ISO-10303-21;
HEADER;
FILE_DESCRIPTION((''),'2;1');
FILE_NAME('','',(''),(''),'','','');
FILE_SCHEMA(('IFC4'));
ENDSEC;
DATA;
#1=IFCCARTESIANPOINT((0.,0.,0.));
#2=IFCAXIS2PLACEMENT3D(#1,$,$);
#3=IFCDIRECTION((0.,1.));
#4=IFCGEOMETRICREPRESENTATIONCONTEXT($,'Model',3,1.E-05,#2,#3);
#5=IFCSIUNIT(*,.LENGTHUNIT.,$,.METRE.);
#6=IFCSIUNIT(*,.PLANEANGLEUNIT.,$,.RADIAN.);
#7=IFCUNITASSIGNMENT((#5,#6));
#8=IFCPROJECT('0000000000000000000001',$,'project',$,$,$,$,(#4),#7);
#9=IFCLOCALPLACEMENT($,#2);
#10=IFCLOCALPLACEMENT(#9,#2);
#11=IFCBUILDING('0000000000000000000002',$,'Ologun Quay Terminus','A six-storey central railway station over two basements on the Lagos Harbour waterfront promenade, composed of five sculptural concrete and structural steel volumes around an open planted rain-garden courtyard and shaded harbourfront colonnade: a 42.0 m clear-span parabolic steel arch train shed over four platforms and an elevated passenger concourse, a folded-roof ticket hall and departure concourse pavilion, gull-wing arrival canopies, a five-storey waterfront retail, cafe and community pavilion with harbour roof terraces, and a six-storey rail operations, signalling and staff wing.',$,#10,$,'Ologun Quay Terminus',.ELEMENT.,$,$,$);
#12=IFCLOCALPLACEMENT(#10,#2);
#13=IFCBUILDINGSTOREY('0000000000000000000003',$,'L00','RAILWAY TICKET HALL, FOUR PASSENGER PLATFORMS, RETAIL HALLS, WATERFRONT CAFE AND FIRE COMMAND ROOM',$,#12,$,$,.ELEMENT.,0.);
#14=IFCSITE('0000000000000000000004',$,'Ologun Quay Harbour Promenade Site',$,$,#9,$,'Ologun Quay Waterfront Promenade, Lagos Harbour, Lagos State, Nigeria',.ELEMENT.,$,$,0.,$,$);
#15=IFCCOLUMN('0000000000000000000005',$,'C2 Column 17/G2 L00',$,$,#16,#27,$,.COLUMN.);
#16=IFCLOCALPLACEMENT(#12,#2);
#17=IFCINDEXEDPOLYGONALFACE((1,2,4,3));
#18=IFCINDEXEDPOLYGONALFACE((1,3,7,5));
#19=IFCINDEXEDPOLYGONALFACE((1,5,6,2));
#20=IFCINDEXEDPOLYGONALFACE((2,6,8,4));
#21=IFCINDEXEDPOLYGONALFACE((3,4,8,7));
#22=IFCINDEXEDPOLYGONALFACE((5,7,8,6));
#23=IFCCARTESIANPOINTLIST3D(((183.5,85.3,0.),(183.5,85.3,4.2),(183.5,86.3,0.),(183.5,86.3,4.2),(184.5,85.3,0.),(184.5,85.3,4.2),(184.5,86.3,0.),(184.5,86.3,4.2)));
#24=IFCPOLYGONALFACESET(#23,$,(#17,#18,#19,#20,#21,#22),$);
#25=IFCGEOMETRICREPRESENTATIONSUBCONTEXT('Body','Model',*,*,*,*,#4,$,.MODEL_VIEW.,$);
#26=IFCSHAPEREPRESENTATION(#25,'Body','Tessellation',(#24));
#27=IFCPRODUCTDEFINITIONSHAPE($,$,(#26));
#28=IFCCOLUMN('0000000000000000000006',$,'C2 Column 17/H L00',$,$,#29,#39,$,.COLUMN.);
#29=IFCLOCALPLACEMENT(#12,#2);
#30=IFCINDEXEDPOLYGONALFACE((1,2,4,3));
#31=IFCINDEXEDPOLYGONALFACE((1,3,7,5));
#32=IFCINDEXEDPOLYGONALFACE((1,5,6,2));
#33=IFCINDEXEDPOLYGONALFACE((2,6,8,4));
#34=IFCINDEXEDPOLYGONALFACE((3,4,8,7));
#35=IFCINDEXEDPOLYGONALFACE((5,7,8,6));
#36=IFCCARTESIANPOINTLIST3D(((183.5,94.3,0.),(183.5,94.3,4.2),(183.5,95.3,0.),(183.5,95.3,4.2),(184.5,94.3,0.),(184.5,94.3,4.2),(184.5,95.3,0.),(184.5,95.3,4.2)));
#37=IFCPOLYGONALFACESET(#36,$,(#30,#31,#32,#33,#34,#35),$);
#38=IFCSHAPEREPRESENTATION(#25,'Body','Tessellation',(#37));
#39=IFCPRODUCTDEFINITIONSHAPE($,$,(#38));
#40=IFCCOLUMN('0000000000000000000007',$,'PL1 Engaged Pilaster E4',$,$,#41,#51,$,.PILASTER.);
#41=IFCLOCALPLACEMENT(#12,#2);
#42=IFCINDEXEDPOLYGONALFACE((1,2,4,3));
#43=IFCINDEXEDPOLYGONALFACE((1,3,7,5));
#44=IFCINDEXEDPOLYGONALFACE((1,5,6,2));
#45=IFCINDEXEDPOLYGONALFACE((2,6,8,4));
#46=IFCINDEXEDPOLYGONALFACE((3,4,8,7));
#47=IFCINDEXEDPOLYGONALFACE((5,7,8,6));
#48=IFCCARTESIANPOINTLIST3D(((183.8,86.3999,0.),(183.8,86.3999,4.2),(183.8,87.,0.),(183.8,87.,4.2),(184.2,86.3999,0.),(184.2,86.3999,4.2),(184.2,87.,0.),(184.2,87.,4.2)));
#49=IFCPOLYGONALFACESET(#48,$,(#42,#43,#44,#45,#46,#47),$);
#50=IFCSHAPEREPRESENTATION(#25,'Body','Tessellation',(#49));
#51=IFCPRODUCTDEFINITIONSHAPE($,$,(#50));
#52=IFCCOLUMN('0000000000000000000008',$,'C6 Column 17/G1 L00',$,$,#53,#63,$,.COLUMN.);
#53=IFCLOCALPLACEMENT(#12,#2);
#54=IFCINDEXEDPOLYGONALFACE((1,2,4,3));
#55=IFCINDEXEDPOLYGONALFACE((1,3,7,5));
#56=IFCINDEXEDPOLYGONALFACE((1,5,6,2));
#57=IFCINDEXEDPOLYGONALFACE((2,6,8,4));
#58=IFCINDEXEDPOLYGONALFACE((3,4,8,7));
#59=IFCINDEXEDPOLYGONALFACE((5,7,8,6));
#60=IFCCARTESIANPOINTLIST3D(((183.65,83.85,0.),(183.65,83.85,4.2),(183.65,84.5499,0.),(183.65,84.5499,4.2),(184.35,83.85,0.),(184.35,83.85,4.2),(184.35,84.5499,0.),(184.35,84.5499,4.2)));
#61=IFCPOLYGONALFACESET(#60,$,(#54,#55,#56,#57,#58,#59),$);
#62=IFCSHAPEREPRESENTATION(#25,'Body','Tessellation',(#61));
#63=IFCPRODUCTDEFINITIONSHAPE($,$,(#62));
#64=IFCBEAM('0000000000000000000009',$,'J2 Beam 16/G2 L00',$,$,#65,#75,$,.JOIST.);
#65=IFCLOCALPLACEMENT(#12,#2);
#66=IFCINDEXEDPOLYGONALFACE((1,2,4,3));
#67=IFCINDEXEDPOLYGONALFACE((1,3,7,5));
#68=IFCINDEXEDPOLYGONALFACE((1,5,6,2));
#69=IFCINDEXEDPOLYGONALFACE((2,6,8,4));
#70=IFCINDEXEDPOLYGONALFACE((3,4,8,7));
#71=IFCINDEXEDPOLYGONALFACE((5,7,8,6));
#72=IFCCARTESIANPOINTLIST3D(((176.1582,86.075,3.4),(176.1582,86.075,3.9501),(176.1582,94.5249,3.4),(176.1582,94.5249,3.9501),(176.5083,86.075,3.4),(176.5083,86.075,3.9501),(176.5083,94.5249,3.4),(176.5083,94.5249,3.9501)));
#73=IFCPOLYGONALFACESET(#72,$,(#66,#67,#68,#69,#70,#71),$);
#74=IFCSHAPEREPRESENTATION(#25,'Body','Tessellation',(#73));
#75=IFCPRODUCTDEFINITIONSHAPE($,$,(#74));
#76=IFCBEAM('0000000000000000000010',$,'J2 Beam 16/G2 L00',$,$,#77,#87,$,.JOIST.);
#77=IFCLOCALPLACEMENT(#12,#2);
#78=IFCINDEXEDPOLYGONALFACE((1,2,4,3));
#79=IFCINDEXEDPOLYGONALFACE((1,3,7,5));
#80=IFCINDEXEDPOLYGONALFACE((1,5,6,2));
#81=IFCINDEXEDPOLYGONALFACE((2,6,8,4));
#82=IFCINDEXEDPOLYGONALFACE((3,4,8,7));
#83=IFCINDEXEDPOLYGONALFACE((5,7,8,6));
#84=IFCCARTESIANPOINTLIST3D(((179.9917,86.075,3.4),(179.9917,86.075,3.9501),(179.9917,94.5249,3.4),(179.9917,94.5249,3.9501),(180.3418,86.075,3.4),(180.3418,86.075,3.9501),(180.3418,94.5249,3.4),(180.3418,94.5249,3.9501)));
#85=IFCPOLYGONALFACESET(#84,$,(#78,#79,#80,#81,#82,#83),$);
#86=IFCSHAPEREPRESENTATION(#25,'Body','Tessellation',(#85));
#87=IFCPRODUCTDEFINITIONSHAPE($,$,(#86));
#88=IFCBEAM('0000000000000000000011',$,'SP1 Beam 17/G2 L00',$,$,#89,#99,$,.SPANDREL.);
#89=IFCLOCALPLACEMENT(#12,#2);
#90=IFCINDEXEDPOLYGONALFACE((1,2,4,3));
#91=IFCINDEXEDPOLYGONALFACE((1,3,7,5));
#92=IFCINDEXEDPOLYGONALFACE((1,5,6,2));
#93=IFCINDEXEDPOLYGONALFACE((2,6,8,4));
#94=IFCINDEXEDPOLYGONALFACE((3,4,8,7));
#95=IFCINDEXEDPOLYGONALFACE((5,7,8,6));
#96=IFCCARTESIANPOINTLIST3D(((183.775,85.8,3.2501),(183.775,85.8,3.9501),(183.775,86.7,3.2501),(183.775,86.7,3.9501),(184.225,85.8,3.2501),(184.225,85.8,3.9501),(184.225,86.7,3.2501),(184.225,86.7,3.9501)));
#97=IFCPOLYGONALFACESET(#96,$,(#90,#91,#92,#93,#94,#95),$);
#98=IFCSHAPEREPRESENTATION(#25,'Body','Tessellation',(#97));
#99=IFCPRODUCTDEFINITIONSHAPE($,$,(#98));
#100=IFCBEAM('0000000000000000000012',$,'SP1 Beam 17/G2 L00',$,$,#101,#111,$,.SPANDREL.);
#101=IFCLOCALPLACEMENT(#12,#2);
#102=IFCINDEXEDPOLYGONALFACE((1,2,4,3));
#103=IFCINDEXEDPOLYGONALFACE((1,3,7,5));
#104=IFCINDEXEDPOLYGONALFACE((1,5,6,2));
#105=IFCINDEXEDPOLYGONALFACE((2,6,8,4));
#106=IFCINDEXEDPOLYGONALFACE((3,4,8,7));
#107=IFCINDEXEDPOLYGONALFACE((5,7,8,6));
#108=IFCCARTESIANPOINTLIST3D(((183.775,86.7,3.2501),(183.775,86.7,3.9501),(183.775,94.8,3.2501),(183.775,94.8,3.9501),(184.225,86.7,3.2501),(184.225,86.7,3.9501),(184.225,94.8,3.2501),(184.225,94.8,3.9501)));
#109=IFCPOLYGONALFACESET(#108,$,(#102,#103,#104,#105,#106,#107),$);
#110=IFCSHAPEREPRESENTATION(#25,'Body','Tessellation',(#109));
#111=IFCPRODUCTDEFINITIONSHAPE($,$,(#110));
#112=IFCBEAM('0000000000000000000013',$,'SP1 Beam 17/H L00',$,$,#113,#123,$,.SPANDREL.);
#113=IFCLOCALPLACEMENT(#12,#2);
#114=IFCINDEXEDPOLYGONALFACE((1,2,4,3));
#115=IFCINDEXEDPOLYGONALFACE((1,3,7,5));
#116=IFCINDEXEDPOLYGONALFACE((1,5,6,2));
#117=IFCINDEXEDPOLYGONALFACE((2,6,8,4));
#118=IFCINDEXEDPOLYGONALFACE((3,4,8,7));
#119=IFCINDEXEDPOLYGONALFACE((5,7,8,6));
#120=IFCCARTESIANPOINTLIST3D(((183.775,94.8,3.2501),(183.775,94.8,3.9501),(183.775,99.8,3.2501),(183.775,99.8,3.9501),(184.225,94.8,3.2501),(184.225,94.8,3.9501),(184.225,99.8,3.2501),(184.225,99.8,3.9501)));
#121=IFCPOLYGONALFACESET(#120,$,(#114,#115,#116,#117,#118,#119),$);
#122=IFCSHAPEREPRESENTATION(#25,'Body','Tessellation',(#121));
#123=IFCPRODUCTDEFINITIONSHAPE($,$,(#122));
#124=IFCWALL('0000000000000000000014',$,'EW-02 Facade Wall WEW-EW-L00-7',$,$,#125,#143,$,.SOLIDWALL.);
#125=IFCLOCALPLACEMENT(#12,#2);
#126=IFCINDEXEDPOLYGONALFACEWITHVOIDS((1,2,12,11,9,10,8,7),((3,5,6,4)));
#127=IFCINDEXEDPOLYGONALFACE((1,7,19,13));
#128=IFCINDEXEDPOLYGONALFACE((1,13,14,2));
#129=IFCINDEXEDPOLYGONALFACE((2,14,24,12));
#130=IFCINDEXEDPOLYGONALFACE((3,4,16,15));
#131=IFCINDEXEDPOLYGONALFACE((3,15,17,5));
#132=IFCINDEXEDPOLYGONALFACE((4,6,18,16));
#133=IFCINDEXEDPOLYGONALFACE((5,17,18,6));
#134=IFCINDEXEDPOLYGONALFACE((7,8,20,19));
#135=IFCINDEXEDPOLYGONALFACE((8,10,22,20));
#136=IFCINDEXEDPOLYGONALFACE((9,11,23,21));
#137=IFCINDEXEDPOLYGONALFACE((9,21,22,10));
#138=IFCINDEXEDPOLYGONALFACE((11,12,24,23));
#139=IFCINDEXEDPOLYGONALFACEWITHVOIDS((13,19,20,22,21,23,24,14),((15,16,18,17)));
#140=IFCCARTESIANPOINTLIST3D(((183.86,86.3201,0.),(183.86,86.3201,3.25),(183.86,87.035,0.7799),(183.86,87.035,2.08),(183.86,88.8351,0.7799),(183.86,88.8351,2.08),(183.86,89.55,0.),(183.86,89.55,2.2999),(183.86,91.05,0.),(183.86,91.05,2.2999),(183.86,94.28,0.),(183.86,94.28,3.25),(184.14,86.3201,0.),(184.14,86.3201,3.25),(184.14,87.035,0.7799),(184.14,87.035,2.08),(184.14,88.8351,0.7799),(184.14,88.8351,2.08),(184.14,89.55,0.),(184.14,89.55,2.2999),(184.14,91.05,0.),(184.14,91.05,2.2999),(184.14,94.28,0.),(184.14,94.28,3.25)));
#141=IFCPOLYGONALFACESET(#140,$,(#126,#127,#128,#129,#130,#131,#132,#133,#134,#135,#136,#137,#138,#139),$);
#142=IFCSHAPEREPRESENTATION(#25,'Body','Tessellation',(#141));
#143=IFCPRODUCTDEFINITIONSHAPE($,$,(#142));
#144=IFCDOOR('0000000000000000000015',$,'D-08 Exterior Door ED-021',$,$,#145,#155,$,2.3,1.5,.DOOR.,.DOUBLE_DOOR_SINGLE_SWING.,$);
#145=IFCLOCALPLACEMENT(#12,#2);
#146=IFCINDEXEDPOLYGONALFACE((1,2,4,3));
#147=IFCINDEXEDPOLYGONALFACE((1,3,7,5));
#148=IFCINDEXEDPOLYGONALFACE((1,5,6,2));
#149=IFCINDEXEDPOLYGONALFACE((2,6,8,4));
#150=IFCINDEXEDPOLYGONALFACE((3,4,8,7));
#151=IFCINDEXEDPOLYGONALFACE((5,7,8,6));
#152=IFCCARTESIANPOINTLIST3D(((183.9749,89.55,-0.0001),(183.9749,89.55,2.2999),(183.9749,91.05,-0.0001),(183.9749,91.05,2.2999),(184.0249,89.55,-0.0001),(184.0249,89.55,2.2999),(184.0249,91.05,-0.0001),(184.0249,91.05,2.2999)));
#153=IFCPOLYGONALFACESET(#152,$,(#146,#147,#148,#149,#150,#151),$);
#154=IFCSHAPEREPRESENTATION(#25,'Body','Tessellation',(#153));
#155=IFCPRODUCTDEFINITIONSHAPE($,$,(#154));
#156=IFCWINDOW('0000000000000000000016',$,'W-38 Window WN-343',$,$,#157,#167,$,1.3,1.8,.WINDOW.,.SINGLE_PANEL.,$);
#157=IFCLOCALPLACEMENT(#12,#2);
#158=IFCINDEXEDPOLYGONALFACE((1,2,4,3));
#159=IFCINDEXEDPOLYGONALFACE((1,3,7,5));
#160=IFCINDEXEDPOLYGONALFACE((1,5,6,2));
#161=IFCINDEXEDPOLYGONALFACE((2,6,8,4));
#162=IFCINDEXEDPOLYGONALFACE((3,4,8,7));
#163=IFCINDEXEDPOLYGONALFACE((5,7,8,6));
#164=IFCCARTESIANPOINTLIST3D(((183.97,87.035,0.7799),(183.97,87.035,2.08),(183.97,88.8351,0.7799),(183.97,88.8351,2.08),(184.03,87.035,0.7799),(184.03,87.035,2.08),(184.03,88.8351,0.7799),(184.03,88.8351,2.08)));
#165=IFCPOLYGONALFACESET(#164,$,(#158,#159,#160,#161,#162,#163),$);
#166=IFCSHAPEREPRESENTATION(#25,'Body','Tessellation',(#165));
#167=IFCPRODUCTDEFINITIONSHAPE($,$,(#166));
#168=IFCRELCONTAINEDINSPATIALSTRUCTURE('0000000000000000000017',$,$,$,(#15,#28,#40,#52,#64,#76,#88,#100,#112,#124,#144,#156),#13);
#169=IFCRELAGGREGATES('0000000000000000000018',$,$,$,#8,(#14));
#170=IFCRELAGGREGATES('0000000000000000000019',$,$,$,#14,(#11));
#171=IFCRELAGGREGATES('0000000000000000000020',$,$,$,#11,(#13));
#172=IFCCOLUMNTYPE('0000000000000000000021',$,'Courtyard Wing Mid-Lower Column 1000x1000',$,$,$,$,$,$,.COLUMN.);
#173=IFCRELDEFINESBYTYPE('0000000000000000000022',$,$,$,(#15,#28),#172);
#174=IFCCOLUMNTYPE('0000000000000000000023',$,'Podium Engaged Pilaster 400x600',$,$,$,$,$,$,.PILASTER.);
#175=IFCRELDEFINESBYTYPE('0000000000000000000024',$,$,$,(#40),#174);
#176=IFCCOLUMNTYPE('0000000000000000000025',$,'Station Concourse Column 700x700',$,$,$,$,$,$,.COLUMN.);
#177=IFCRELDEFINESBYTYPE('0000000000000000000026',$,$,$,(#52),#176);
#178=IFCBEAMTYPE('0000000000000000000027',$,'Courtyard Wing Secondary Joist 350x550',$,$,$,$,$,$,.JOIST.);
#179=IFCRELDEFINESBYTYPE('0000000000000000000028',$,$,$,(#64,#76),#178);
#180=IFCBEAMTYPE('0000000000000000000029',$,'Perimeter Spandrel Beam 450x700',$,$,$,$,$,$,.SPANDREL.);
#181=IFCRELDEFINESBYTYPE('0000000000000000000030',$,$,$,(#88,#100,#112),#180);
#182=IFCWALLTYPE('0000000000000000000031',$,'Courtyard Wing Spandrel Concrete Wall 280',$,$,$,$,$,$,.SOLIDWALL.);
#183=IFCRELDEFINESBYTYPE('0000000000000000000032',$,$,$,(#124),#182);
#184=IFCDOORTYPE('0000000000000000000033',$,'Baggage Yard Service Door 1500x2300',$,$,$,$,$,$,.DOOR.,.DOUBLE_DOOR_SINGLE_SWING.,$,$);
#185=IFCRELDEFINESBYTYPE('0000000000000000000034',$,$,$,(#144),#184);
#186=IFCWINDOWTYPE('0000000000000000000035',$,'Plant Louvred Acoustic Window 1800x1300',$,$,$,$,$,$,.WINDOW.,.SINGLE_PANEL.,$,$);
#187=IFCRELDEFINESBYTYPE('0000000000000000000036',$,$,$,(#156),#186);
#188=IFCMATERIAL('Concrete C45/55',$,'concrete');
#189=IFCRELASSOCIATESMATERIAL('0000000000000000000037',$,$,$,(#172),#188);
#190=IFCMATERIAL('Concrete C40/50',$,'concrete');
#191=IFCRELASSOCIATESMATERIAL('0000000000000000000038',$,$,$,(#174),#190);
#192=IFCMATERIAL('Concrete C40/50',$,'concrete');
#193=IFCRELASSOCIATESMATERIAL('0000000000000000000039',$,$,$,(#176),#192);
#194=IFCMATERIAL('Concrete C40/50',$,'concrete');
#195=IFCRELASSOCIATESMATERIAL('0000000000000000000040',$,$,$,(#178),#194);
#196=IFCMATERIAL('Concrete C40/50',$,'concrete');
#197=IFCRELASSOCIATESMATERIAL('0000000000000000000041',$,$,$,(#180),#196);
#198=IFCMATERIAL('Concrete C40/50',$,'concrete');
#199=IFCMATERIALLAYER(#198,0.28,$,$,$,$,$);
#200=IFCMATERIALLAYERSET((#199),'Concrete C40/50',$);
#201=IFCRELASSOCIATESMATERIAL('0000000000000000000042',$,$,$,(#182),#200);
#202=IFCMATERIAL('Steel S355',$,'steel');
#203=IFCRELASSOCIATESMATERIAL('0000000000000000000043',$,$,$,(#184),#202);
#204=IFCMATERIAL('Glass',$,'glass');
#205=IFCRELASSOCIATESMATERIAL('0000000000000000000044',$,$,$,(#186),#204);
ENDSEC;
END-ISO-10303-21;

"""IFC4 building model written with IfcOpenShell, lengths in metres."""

from ifc_helpers import new_model, si_unit, direction, frame, frame_2d, origin, origin_2d, place, context, subcontext, project, spatial, rectangle, extrude, material, layer, layer_set, material_profile, profile_set, type_object, element, fill, save


model = new_model("IFC4")

# Units and contexts
model_context = context("Model", 3, precision=1e-05, world=origin(), true_north=direction((0.0, 1.0)))
body_context = subcontext(model_context, "Body", "Model", "MODEL_VIEW")
ifc_project = project(units=[si_unit("LENGTHUNIT", "METRE"), si_unit("PLANEANGLEUNIT", "RADIAN")], contexts=[model_context])

# Site, building, storey
site_placement = place(None, origin())
site = spatial("IfcSite", under=ifc_project, at=site_placement, Name="Ologun Quay Harbour Promenade Site", LongName="Ologun Quay Waterfront Promenade, Lagos Harbour, Lagos State, Nigeria", CompositionType="ELEMENT", RefElevation=0.0)
building_placement = place(site_placement, origin())
building = spatial("IfcBuilding", under=site, at=building_placement, Name="Ologun Quay Terminus", Description="A six-storey central railway station over two basements on the Lagos Harbour waterfront promenade, composed of five sculptural concrete and structural steel volumes around an open planted rain-garden courtyard and shaded harbourfront colonnade: a 42.0 m clear-span parabolic steel arch train shed over four platforms and an elevated passenger concourse, a folded-roof ticket hall and departure concourse pavilion, gull-wing arrival canopies, a five-storey waterfront retail, cafe and community pavilion with harbour roof terraces, and a six-storey rail operations, signalling and staff wing.", LongName="Ologun Quay Terminus", CompositionType="ELEMENT")
storey_placement = place(building_placement, origin())
storey = spatial("IfcBuildingStorey", under=building, at=storey_placement, Name="L00", Description="RAILWAY TICKET HALL, FOUR PASSENGER PLATFORMS, RETAIL HALLS, WATERFRONT CAFE AND FIRE COMMAND ROOM", CompositionType="ELEMENT", Elevation=0.0)

# Columns
ifc_material_1 = material(Name="Concrete C45/55", Category="concrete")
ifc_material_profile_1 = material_profile(ifc_material_1, rectangle(XDim=1.0, YDim=1.0, at=origin_2d()), Name="RC 1000x1000")
ifc_profile_set_1 = profile_set([ifc_material_profile_1], Name="Concrete C45/55")
column_type_1 = type_object("IfcColumnType", Name="Courtyard Wing Mid-Lower Column 1000x1000", PredefinedType="COLUMN", material=ifc_profile_set_1)
for number, where, z_axis, x_axis, name in (
    (1, (184.0, 85.8, 0.0), (0.0, 0.0, 1.0), (1.0, 0.0, 0.0), "C2 Column 17/G2 L00"),
    (2, (184.0, 94.8, 0.0), (0.0, 0.0, 1.0), (1.0, 0.0, 0.0), "C2 Column 17/H L00"),
):
    element("IfcColumn", number, at=place(storey_placement, frame(where, z_axis=z_axis, x_axis=x_axis)), inside=storey, type_object=column_type_1, Name=name, PredefinedType="COLUMN", context=body_context, shape_type="SweptSolid", body=[
        extrude(rectangle(XDim=1.0, YDim=1.0, at=origin_2d()), origin(), (0.0, 0.0, 1.0), 4.2),
    ])
ifc_material_2 = material(Name="Concrete C40/50", Category="concrete")
ifc_material_profile_2 = material_profile(ifc_material_2, rectangle(XDim=0.3999, YDim=0.6001, at=origin_2d()), Name="RC 400x600")
ifc_profile_set_2 = profile_set([ifc_material_profile_2], Name="Concrete C40/50")
column_type_2 = type_object("IfcColumnType", Name="Podium Engaged Pilaster 400x600", PredefinedType="PILASTER", material=ifc_profile_set_2)
column_1_placement = place(storey_placement, frame((184.0, 86.7, 0.0), z_axis=(0.0, 0.0, 1.0), x_axis=(1.0, 0.0, 0.0)))
element("IfcColumn", 3, at=column_1_placement, inside=storey, type_object=column_type_2, Name="PL1 Engaged Pilaster E4", PredefinedType="PILASTER", context=body_context, shape_type="SweptSolid", body=[
    extrude(rectangle(XDim=0.3999, YDim=0.6001, at=origin_2d()), origin(), (0.0, 0.0, 1.0), 4.2),
])
ifc_material_3 = material(Name="Concrete C40/50", Category="concrete")
ifc_material_profile_3 = material_profile(ifc_material_3, rectangle(XDim=0.7, YDim=0.7, at=origin_2d()), Name="RC 700x700")
ifc_profile_set_3 = profile_set([ifc_material_profile_3], Name="Concrete C40/50")
column_type_3 = type_object("IfcColumnType", Name="Station Concourse Column 700x700", PredefinedType="COLUMN", material=ifc_profile_set_3)
column_2_placement = place(storey_placement, frame((184.0, 84.2, 0.0), z_axis=(0.0, 0.0, 1.0), x_axis=(1.0, 0.0, 0.0)))
element("IfcColumn", 4, at=column_2_placement, inside=storey, type_object=column_type_3, Name="C6 Column 17/G1 L00", PredefinedType="COLUMN", context=body_context, shape_type="SweptSolid", body=[
    extrude(rectangle(XDim=0.7, YDim=0.7, at=origin_2d()), origin(), (0.0, 0.0, 1.0), 4.2),
])

# Beams
ifc_material_4 = material(Name="Concrete C40/50", Category="concrete")
ifc_material_profile_4 = material_profile(ifc_material_4, rectangle(XDim=0.3501, YDim=0.55, at=origin_2d()), Name="RC 350x550")
ifc_profile_set_4 = profile_set([ifc_material_profile_4], Name="Concrete C40/50")
beam_type_1 = type_object("IfcBeamType", Name="Courtyard Wing Secondary Joist 350x550", PredefinedType="JOIST", material=ifc_profile_set_4)
for number, where, z_axis, x_axis, name in (
    (5, (176.3333, 86.075, 3.675), (0.0, 1.0, 0.0), (-1.0, 0.0, 0.0), "J2 Beam 16/G2 L00"),
    (6, (180.1667, 86.075, 3.675), (0.0, 1.0, 0.0), (-1.0, 0.0, 0.0), "J2 Beam 16/G2 L00"),
):
    element("IfcBeam", number, at=place(storey_placement, frame(where, z_axis=z_axis, x_axis=x_axis)), inside=storey, type_object=beam_type_1, Name=name, PredefinedType="JOIST", context=body_context, shape_type="SweptSolid", body=[
        extrude(rectangle(XDim=0.3501, YDim=0.55, at=origin_2d()), origin(), (0.0, 0.0, 1.0), 8.45),
    ])
ifc_material_5 = material(Name="Concrete C40/50", Category="concrete")
ifc_material_profile_5 = material_profile(ifc_material_5, rectangle(XDim=0.45, YDim=0.7, at=origin_2d()), Name="RC 450x700")
ifc_profile_set_5 = profile_set([ifc_material_profile_5], Name="Concrete C40/50")
beam_type_2 = type_object("IfcBeamType", Name="Perimeter Spandrel Beam 450x700", PredefinedType="SPANDREL", material=ifc_profile_set_5)
beam_1_placement = place(storey_placement, frame((184.0, 85.8, 3.6001), z_axis=(0.0, 1.0, 0.0), x_axis=(-1.0, 0.0, 0.0)))
element("IfcBeam", 7, at=beam_1_placement, inside=storey, type_object=beam_type_2, Name="SP1 Beam 17/G2 L00", PredefinedType="SPANDREL", context=body_context, shape_type="SweptSolid", body=[
    extrude(rectangle(XDim=0.45, YDim=0.7, at=origin_2d()), origin(), (0.0, 0.0, 1.0), 0.8999),
])
beam_2_placement = place(storey_placement, frame((184.0, 86.7, 3.6001), z_axis=(0.0, 1.0, 0.0), x_axis=(-1.0, 0.0, 0.0)))
element("IfcBeam", 8, at=beam_2_placement, inside=storey, type_object=beam_type_2, Name="SP1 Beam 17/G2 L00", PredefinedType="SPANDREL", context=body_context, shape_type="SweptSolid", body=[
    extrude(rectangle(XDim=0.45, YDim=0.7, at=origin_2d()), origin(), (0.0, 0.0, 1.0), 8.1001),
])
beam_3_placement = place(storey_placement, frame((184.0, 94.8, 3.6001), z_axis=(0.0, 1.0, 0.0), x_axis=(-1.0, 0.0, 0.0)))
element("IfcBeam", 9, at=beam_3_placement, inside=storey, type_object=beam_type_2, Name="SP1 Beam 17/H L00", PredefinedType="SPANDREL", context=body_context, shape_type="SweptSolid", body=[
    extrude(rectangle(XDim=0.45, YDim=0.7, at=origin_2d()), origin(), (0.0, 0.0, 1.0), 5.0),
])

# Wall, openings, door, window
ifc_material_6 = material(Name="Concrete C40/50", Category="concrete")
ifc_layer_1 = layer(ifc_material_6, 0.28)
ifc_layer_set_1 = layer_set([ifc_layer_1], Name="Concrete C40/50")
wall_type = type_object("IfcWallType", Name="Courtyard Wing Spandrel Concrete Wall 280", PredefinedType="SOLIDWALL", material=ifc_layer_set_1)
wall_placement = place(storey_placement, frame((184.0, 86.3201, 0.0), z_axis=(0.0, 0.0, 1.0), x_axis=(0.0, 1.0, 0.0)))
wall = element("IfcWall", 10, at=wall_placement, inside=storey, type_object=wall_type, Name="EW-02 Facade Wall WEW-EW-L00-7", PredefinedType="SOLIDWALL", context=body_context, shape_type="SweptSolid", body=[
    extrude(rectangle(XDim=7.96, YDim=0.28, at=frame_2d((3.98, 0.0))), origin(), (0.0, 0.0, 1.0), 3.25),
])
opening_1_placement = place(wall_placement, frame((3.23, 0.0, 0.0)))
opening_1 = element("IfcOpeningElement", 11, at=opening_1_placement, cuts=wall, PredefinedType="OPENING", context=body_context, shape_type="SweptSolid", body=[
    extrude(rectangle(XDim=1.5, YDim=2.3, at=frame_2d((0.75, 1.1499))), frame((0.0, 0.1499, 0.0), z_axis=(0.0, -1.0, 0.0), x_axis=(1.0, 0.0, 0.0)), (0.0, 0.0, 1.0), 0.3),
])
opening_2_placement = place(wall_placement, frame((0.7151, 0.0, 0.78)))
opening_2 = element("IfcOpeningElement", 12, at=opening_2_placement, cuts=wall, PredefinedType="OPENING", context=body_context, shape_type="SweptSolid", body=[
    extrude(rectangle(XDim=1.8, YDim=1.3, at=frame_2d((0.8999, 0.6499))), frame((0.0, 0.1499, 0.0), z_axis=(0.0, -1.0, 0.0), x_axis=(1.0, 0.0, 0.0)), (0.0, 0.0, 1.0), 0.3),
])
ifc_material_7 = material(Name="Steel S355", Category="steel")
door_type = type_object("IfcDoorType", Name="Baggage Yard Service Door 1500x2300", OperationType="DOUBLE_DOOR_SINGLE_SWING", PredefinedType="DOOR", material=ifc_material_7)
door_placement = place(opening_1_placement, frame((0.75, 0.0, 0.0), z_axis=(0.0, 0.0, 1.0), x_axis=(-1.0, 0.0, 0.0)))
door = element("IfcDoor", 13, at=door_placement, inside=storey, type_object=door_type, Name="D-08 Exterior Door ED-021", OperationType="DOUBLE_DOOR_SINGLE_SWING", OverallHeight=2.3, OverallWidth=1.5, PredefinedType="DOOR", context=body_context, shape_type="SweptSolid", body=[
    extrude(rectangle(XDim=1.5, YDim=2.3, at=frame_2d((0.0, 1.1499))), frame((0.0, 0.0249, 0.0), z_axis=(0.0, -1.0, 0.0), x_axis=(1.0, 0.0, 0.0)), (0.0, 0.0, 1.0), 0.05),
])
fill(opening_1, door)
ifc_material_8 = material(Name="Glass", Category="glass")
window_type = type_object("IfcWindowType", Name="Plant Louvred Acoustic Window 1800x1300", PartitioningType="SINGLE_PANEL", PredefinedType="WINDOW", material=ifc_material_8)
window_placement = place(opening_2_placement, origin())
window = element("IfcWindow", 14, at=window_placement, inside=storey, type_object=window_type, Name="W-38 Window WN-343", OverallHeight=1.3, OverallWidth=1.8, PartitioningType="SINGLE_PANEL", PredefinedType="WINDOW", context=body_context, shape_type="SweptSolid", body=[
    extrude(rectangle(XDim=1.8, YDim=1.3, at=frame_2d((0.8999, 0.6499))), frame((0.0, 0.03, 0.0), z_axis=(0.0, -1.0, 0.0), x_axis=(1.0, 0.0, 0.0)), (0.0, 0.0, 1.0), 0.0601),
])
fill(opening_2, window)

save(model, "model.ifc")
